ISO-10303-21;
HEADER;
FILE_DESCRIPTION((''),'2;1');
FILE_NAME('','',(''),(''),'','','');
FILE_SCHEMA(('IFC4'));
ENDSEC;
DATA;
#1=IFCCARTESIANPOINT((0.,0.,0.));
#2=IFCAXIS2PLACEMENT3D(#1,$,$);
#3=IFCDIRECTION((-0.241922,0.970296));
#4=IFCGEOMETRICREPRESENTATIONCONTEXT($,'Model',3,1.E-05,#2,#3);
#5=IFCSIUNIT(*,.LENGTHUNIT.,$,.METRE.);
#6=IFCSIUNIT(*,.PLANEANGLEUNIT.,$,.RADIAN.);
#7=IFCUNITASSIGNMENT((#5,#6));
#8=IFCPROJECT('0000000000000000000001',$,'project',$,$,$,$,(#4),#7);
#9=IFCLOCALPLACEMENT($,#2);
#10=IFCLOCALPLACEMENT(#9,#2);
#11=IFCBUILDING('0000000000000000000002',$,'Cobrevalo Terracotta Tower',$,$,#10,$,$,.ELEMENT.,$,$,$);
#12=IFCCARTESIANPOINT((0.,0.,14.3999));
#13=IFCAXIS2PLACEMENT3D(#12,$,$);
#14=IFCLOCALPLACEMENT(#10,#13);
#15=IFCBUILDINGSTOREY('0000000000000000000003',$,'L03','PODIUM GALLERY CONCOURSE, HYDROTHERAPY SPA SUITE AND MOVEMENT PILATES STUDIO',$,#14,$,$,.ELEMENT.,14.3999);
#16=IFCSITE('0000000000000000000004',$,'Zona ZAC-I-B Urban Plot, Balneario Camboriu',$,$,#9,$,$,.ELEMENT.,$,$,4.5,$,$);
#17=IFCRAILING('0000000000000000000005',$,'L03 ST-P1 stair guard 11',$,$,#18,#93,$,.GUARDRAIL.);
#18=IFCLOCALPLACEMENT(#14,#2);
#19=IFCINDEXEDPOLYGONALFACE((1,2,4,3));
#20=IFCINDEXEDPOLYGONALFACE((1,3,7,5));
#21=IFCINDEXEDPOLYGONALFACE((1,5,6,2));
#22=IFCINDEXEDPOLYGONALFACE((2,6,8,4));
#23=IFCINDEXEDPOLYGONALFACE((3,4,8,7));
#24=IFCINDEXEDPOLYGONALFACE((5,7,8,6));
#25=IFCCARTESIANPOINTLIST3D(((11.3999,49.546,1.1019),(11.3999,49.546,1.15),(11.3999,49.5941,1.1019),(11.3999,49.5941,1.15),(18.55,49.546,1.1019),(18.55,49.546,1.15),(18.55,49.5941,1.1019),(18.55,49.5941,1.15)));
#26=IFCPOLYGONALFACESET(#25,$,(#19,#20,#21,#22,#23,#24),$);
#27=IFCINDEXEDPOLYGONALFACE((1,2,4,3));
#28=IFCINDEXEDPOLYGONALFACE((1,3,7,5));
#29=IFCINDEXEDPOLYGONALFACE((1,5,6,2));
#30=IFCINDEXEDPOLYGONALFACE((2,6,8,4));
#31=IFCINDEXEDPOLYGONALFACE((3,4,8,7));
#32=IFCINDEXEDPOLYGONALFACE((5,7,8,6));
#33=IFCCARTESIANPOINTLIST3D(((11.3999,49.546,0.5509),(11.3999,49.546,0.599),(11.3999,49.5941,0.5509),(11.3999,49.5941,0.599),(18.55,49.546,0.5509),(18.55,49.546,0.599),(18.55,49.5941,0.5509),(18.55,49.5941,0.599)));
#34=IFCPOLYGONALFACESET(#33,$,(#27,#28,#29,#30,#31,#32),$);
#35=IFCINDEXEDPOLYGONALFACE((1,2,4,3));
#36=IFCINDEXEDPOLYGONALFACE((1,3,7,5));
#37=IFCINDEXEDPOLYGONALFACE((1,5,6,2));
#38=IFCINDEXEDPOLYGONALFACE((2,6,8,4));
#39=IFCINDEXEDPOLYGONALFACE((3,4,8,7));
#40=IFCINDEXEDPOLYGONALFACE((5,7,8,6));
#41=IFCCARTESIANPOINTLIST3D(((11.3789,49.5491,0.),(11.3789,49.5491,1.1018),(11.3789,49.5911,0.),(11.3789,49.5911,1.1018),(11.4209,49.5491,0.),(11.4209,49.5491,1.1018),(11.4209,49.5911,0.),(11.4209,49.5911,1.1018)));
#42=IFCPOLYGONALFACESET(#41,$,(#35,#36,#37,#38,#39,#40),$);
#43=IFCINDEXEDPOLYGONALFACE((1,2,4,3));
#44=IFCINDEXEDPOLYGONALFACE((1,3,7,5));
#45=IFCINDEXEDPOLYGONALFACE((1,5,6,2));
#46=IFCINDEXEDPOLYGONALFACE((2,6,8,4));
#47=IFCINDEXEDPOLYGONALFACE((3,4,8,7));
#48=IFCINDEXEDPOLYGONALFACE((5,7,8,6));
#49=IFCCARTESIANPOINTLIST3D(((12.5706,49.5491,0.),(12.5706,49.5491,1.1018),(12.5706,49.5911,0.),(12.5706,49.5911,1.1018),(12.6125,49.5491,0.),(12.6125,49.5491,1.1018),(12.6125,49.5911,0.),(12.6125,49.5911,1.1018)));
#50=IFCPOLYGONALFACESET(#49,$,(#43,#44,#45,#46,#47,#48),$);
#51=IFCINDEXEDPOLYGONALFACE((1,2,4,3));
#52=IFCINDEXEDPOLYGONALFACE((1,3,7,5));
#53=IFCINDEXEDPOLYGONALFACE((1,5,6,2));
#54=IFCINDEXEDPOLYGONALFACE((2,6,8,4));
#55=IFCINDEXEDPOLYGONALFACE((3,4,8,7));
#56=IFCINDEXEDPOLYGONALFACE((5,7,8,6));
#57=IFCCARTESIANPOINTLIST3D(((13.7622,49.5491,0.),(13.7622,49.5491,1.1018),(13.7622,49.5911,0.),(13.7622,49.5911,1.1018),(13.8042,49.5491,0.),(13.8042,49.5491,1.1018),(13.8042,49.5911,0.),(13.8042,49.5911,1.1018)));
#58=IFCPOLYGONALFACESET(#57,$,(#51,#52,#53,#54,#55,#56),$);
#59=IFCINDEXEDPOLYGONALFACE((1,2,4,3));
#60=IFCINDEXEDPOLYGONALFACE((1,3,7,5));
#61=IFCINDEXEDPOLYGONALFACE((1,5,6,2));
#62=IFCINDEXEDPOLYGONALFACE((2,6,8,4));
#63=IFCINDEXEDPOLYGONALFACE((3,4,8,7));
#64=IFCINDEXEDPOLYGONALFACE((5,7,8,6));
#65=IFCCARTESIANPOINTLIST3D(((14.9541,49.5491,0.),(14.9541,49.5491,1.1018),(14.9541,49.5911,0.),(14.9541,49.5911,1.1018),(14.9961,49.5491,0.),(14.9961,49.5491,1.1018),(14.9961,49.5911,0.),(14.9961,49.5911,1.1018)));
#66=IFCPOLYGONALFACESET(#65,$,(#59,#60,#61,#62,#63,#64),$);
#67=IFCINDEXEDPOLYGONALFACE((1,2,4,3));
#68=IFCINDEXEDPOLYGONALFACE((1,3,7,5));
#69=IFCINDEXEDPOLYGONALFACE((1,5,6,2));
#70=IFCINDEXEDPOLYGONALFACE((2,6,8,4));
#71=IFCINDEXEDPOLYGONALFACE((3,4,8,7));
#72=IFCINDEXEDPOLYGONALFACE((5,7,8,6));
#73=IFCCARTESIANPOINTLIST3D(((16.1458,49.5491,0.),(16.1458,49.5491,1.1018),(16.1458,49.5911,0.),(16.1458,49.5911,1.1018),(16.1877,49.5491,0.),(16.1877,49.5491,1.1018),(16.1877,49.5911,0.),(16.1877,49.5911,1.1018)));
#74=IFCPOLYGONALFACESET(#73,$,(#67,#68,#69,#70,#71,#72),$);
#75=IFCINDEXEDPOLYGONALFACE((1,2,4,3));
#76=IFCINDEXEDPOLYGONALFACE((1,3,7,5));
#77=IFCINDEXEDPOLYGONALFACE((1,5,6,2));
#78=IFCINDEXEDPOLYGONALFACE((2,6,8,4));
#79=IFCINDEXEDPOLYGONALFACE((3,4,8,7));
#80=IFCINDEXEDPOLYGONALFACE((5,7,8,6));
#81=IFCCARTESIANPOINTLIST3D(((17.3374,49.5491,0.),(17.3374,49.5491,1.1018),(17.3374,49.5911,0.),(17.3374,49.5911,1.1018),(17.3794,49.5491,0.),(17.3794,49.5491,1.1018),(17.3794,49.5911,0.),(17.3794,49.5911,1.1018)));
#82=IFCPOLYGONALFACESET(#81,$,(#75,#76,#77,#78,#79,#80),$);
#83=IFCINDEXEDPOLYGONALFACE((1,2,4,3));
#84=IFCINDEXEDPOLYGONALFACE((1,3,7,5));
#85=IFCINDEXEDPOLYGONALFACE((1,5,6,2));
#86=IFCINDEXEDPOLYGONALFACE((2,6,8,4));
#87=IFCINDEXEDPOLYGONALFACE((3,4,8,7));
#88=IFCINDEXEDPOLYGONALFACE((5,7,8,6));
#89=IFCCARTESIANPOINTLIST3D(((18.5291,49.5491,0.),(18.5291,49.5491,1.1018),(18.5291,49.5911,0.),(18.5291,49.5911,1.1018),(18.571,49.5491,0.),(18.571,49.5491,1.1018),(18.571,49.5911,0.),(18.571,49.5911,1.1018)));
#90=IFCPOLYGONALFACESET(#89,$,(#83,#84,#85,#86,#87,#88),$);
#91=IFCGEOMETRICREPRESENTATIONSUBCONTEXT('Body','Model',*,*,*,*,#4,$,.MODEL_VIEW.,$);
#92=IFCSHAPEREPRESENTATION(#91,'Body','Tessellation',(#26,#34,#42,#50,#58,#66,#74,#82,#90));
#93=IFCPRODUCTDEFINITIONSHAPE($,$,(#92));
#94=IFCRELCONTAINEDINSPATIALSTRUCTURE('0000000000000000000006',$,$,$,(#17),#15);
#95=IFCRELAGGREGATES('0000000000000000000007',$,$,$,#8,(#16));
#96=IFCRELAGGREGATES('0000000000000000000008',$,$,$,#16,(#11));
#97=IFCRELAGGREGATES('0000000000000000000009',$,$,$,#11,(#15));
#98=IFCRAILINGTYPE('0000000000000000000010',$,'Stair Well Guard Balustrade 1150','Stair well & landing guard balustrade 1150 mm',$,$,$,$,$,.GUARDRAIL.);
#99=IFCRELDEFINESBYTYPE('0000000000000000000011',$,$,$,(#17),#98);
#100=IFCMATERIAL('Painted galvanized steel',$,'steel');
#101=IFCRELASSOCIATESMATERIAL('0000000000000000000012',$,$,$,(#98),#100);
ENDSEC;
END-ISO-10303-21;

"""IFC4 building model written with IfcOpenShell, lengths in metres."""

from ifc_helpers import new_model, si_unit, direction, frame, origin, origin_2d, place, context, subcontext, project, spatial, rectangle, extrude, material, type_object, element, save


model = new_model("IFC4")

# Units and contexts
model_context = context("Model", 3, precision=1e-05, world=origin(), true_north=direction((-0.241922, 0.970296)))
body_context = subcontext(model_context, "Body", "Model", "MODEL_VIEW")
ifc_project = project(units=[si_unit("LENGTHUNIT", "METRE"), si_unit("PLANEANGLEUNIT", "RADIAN")], contexts=[model_context])

# Site, building, storey
site_placement = place(None, origin())
site = spatial("IfcSite", under=ifc_project, at=site_placement, Name="Zona ZAC-I-B Urban Plot, Balneario Camboriu", CompositionType="ELEMENT", RefElevation=4.5)
building_placement = place(site_placement, origin())
building = spatial("IfcBuilding", under=site, at=building_placement, Name="Cobrevalo Terracotta Tower", CompositionType="ELEMENT")
storey_placement = place(building_placement, frame((0.0, 0.0, 14.3999)))
storey = spatial("IfcBuildingStorey", under=building, at=storey_placement, Name="L03", Description="PODIUM GALLERY CONCOURSE, HYDROTHERAPY SPA SUITE AND MOVEMENT PILATES STUDIO", CompositionType="ELEMENT", Elevation=14.3999)

# Railing
ifc_material_1 = material(Name="Painted galvanized steel", Category="steel")
railing_type_1 = type_object("IfcRailingType", Name="Stair Well Guard Balustrade 1150", Description="Stair well & landing guard balustrade 1150 mm", PredefinedType="GUARDRAIL", material=ifc_material_1)
railing_1_placement = place(storey_placement, frame((11.3999, 49.5701, 0.0)))
element("IfcRailing", 1, at=railing_1_placement, inside=storey, type_object=railing_type_1, Name="L03 ST-P1 stair guard 11", PredefinedType="GUARDRAIL", context=body_context, shape_type="SweptSolid", body=[
    extrude(rectangle(XDim=0.0481, YDim=0.0481, at=origin_2d()), frame((0.0, 0.0, 1.126), z_axis=(1.0, 0.0, 0.0), x_axis=(0.0, 1.0, 0.0)), (0.0, 0.0, 1.0), 7.1501),
    extrude(rectangle(XDim=0.0481, YDim=0.0481, at=origin_2d()), frame((0.0, 0.0, 0.575), z_axis=(1.0, 0.0, 0.0), x_axis=(0.0, 1.0, 0.0)), (0.0, 0.0, 1.0), 7.1501),
    extrude(rectangle(XDim=0.042, YDim=0.042, at=origin_2d()), origin(), (0.0, 0.0, 1.0), 1.1018),
    extrude(rectangle(XDim=0.042, YDim=0.042, at=origin_2d()), frame((1.1917, 0.0, 0.0)), (0.0, 0.0, 1.0), 1.1018),
    extrude(rectangle(XDim=0.042, YDim=0.042, at=origin_2d()), frame((2.3833, 0.0, 0.0)), (0.0, 0.0, 1.0), 1.1018),
    extrude(rectangle(XDim=0.042, YDim=0.042, at=origin_2d()), frame((3.5752, 0.0, 0.0)), (0.0, 0.0, 1.0), 1.1018),
    extrude(rectangle(XDim=0.042, YDim=0.042, at=origin_2d()), frame((4.7668, 0.0, 0.0)), (0.0, 0.0, 1.0), 1.1018),
    extrude(rectangle(XDim=0.042, YDim=0.042, at=origin_2d()), frame((5.9585, 0.0, 0.0)), (0.0, 0.0, 1.0), 1.1018),
    extrude(rectangle(XDim=0.042, YDim=0.042, at=origin_2d()), frame((7.1501, 0.0, 0.0)), (0.0, 0.0, 1.0), 1.1018),
])

save(model, "model.ifc")
